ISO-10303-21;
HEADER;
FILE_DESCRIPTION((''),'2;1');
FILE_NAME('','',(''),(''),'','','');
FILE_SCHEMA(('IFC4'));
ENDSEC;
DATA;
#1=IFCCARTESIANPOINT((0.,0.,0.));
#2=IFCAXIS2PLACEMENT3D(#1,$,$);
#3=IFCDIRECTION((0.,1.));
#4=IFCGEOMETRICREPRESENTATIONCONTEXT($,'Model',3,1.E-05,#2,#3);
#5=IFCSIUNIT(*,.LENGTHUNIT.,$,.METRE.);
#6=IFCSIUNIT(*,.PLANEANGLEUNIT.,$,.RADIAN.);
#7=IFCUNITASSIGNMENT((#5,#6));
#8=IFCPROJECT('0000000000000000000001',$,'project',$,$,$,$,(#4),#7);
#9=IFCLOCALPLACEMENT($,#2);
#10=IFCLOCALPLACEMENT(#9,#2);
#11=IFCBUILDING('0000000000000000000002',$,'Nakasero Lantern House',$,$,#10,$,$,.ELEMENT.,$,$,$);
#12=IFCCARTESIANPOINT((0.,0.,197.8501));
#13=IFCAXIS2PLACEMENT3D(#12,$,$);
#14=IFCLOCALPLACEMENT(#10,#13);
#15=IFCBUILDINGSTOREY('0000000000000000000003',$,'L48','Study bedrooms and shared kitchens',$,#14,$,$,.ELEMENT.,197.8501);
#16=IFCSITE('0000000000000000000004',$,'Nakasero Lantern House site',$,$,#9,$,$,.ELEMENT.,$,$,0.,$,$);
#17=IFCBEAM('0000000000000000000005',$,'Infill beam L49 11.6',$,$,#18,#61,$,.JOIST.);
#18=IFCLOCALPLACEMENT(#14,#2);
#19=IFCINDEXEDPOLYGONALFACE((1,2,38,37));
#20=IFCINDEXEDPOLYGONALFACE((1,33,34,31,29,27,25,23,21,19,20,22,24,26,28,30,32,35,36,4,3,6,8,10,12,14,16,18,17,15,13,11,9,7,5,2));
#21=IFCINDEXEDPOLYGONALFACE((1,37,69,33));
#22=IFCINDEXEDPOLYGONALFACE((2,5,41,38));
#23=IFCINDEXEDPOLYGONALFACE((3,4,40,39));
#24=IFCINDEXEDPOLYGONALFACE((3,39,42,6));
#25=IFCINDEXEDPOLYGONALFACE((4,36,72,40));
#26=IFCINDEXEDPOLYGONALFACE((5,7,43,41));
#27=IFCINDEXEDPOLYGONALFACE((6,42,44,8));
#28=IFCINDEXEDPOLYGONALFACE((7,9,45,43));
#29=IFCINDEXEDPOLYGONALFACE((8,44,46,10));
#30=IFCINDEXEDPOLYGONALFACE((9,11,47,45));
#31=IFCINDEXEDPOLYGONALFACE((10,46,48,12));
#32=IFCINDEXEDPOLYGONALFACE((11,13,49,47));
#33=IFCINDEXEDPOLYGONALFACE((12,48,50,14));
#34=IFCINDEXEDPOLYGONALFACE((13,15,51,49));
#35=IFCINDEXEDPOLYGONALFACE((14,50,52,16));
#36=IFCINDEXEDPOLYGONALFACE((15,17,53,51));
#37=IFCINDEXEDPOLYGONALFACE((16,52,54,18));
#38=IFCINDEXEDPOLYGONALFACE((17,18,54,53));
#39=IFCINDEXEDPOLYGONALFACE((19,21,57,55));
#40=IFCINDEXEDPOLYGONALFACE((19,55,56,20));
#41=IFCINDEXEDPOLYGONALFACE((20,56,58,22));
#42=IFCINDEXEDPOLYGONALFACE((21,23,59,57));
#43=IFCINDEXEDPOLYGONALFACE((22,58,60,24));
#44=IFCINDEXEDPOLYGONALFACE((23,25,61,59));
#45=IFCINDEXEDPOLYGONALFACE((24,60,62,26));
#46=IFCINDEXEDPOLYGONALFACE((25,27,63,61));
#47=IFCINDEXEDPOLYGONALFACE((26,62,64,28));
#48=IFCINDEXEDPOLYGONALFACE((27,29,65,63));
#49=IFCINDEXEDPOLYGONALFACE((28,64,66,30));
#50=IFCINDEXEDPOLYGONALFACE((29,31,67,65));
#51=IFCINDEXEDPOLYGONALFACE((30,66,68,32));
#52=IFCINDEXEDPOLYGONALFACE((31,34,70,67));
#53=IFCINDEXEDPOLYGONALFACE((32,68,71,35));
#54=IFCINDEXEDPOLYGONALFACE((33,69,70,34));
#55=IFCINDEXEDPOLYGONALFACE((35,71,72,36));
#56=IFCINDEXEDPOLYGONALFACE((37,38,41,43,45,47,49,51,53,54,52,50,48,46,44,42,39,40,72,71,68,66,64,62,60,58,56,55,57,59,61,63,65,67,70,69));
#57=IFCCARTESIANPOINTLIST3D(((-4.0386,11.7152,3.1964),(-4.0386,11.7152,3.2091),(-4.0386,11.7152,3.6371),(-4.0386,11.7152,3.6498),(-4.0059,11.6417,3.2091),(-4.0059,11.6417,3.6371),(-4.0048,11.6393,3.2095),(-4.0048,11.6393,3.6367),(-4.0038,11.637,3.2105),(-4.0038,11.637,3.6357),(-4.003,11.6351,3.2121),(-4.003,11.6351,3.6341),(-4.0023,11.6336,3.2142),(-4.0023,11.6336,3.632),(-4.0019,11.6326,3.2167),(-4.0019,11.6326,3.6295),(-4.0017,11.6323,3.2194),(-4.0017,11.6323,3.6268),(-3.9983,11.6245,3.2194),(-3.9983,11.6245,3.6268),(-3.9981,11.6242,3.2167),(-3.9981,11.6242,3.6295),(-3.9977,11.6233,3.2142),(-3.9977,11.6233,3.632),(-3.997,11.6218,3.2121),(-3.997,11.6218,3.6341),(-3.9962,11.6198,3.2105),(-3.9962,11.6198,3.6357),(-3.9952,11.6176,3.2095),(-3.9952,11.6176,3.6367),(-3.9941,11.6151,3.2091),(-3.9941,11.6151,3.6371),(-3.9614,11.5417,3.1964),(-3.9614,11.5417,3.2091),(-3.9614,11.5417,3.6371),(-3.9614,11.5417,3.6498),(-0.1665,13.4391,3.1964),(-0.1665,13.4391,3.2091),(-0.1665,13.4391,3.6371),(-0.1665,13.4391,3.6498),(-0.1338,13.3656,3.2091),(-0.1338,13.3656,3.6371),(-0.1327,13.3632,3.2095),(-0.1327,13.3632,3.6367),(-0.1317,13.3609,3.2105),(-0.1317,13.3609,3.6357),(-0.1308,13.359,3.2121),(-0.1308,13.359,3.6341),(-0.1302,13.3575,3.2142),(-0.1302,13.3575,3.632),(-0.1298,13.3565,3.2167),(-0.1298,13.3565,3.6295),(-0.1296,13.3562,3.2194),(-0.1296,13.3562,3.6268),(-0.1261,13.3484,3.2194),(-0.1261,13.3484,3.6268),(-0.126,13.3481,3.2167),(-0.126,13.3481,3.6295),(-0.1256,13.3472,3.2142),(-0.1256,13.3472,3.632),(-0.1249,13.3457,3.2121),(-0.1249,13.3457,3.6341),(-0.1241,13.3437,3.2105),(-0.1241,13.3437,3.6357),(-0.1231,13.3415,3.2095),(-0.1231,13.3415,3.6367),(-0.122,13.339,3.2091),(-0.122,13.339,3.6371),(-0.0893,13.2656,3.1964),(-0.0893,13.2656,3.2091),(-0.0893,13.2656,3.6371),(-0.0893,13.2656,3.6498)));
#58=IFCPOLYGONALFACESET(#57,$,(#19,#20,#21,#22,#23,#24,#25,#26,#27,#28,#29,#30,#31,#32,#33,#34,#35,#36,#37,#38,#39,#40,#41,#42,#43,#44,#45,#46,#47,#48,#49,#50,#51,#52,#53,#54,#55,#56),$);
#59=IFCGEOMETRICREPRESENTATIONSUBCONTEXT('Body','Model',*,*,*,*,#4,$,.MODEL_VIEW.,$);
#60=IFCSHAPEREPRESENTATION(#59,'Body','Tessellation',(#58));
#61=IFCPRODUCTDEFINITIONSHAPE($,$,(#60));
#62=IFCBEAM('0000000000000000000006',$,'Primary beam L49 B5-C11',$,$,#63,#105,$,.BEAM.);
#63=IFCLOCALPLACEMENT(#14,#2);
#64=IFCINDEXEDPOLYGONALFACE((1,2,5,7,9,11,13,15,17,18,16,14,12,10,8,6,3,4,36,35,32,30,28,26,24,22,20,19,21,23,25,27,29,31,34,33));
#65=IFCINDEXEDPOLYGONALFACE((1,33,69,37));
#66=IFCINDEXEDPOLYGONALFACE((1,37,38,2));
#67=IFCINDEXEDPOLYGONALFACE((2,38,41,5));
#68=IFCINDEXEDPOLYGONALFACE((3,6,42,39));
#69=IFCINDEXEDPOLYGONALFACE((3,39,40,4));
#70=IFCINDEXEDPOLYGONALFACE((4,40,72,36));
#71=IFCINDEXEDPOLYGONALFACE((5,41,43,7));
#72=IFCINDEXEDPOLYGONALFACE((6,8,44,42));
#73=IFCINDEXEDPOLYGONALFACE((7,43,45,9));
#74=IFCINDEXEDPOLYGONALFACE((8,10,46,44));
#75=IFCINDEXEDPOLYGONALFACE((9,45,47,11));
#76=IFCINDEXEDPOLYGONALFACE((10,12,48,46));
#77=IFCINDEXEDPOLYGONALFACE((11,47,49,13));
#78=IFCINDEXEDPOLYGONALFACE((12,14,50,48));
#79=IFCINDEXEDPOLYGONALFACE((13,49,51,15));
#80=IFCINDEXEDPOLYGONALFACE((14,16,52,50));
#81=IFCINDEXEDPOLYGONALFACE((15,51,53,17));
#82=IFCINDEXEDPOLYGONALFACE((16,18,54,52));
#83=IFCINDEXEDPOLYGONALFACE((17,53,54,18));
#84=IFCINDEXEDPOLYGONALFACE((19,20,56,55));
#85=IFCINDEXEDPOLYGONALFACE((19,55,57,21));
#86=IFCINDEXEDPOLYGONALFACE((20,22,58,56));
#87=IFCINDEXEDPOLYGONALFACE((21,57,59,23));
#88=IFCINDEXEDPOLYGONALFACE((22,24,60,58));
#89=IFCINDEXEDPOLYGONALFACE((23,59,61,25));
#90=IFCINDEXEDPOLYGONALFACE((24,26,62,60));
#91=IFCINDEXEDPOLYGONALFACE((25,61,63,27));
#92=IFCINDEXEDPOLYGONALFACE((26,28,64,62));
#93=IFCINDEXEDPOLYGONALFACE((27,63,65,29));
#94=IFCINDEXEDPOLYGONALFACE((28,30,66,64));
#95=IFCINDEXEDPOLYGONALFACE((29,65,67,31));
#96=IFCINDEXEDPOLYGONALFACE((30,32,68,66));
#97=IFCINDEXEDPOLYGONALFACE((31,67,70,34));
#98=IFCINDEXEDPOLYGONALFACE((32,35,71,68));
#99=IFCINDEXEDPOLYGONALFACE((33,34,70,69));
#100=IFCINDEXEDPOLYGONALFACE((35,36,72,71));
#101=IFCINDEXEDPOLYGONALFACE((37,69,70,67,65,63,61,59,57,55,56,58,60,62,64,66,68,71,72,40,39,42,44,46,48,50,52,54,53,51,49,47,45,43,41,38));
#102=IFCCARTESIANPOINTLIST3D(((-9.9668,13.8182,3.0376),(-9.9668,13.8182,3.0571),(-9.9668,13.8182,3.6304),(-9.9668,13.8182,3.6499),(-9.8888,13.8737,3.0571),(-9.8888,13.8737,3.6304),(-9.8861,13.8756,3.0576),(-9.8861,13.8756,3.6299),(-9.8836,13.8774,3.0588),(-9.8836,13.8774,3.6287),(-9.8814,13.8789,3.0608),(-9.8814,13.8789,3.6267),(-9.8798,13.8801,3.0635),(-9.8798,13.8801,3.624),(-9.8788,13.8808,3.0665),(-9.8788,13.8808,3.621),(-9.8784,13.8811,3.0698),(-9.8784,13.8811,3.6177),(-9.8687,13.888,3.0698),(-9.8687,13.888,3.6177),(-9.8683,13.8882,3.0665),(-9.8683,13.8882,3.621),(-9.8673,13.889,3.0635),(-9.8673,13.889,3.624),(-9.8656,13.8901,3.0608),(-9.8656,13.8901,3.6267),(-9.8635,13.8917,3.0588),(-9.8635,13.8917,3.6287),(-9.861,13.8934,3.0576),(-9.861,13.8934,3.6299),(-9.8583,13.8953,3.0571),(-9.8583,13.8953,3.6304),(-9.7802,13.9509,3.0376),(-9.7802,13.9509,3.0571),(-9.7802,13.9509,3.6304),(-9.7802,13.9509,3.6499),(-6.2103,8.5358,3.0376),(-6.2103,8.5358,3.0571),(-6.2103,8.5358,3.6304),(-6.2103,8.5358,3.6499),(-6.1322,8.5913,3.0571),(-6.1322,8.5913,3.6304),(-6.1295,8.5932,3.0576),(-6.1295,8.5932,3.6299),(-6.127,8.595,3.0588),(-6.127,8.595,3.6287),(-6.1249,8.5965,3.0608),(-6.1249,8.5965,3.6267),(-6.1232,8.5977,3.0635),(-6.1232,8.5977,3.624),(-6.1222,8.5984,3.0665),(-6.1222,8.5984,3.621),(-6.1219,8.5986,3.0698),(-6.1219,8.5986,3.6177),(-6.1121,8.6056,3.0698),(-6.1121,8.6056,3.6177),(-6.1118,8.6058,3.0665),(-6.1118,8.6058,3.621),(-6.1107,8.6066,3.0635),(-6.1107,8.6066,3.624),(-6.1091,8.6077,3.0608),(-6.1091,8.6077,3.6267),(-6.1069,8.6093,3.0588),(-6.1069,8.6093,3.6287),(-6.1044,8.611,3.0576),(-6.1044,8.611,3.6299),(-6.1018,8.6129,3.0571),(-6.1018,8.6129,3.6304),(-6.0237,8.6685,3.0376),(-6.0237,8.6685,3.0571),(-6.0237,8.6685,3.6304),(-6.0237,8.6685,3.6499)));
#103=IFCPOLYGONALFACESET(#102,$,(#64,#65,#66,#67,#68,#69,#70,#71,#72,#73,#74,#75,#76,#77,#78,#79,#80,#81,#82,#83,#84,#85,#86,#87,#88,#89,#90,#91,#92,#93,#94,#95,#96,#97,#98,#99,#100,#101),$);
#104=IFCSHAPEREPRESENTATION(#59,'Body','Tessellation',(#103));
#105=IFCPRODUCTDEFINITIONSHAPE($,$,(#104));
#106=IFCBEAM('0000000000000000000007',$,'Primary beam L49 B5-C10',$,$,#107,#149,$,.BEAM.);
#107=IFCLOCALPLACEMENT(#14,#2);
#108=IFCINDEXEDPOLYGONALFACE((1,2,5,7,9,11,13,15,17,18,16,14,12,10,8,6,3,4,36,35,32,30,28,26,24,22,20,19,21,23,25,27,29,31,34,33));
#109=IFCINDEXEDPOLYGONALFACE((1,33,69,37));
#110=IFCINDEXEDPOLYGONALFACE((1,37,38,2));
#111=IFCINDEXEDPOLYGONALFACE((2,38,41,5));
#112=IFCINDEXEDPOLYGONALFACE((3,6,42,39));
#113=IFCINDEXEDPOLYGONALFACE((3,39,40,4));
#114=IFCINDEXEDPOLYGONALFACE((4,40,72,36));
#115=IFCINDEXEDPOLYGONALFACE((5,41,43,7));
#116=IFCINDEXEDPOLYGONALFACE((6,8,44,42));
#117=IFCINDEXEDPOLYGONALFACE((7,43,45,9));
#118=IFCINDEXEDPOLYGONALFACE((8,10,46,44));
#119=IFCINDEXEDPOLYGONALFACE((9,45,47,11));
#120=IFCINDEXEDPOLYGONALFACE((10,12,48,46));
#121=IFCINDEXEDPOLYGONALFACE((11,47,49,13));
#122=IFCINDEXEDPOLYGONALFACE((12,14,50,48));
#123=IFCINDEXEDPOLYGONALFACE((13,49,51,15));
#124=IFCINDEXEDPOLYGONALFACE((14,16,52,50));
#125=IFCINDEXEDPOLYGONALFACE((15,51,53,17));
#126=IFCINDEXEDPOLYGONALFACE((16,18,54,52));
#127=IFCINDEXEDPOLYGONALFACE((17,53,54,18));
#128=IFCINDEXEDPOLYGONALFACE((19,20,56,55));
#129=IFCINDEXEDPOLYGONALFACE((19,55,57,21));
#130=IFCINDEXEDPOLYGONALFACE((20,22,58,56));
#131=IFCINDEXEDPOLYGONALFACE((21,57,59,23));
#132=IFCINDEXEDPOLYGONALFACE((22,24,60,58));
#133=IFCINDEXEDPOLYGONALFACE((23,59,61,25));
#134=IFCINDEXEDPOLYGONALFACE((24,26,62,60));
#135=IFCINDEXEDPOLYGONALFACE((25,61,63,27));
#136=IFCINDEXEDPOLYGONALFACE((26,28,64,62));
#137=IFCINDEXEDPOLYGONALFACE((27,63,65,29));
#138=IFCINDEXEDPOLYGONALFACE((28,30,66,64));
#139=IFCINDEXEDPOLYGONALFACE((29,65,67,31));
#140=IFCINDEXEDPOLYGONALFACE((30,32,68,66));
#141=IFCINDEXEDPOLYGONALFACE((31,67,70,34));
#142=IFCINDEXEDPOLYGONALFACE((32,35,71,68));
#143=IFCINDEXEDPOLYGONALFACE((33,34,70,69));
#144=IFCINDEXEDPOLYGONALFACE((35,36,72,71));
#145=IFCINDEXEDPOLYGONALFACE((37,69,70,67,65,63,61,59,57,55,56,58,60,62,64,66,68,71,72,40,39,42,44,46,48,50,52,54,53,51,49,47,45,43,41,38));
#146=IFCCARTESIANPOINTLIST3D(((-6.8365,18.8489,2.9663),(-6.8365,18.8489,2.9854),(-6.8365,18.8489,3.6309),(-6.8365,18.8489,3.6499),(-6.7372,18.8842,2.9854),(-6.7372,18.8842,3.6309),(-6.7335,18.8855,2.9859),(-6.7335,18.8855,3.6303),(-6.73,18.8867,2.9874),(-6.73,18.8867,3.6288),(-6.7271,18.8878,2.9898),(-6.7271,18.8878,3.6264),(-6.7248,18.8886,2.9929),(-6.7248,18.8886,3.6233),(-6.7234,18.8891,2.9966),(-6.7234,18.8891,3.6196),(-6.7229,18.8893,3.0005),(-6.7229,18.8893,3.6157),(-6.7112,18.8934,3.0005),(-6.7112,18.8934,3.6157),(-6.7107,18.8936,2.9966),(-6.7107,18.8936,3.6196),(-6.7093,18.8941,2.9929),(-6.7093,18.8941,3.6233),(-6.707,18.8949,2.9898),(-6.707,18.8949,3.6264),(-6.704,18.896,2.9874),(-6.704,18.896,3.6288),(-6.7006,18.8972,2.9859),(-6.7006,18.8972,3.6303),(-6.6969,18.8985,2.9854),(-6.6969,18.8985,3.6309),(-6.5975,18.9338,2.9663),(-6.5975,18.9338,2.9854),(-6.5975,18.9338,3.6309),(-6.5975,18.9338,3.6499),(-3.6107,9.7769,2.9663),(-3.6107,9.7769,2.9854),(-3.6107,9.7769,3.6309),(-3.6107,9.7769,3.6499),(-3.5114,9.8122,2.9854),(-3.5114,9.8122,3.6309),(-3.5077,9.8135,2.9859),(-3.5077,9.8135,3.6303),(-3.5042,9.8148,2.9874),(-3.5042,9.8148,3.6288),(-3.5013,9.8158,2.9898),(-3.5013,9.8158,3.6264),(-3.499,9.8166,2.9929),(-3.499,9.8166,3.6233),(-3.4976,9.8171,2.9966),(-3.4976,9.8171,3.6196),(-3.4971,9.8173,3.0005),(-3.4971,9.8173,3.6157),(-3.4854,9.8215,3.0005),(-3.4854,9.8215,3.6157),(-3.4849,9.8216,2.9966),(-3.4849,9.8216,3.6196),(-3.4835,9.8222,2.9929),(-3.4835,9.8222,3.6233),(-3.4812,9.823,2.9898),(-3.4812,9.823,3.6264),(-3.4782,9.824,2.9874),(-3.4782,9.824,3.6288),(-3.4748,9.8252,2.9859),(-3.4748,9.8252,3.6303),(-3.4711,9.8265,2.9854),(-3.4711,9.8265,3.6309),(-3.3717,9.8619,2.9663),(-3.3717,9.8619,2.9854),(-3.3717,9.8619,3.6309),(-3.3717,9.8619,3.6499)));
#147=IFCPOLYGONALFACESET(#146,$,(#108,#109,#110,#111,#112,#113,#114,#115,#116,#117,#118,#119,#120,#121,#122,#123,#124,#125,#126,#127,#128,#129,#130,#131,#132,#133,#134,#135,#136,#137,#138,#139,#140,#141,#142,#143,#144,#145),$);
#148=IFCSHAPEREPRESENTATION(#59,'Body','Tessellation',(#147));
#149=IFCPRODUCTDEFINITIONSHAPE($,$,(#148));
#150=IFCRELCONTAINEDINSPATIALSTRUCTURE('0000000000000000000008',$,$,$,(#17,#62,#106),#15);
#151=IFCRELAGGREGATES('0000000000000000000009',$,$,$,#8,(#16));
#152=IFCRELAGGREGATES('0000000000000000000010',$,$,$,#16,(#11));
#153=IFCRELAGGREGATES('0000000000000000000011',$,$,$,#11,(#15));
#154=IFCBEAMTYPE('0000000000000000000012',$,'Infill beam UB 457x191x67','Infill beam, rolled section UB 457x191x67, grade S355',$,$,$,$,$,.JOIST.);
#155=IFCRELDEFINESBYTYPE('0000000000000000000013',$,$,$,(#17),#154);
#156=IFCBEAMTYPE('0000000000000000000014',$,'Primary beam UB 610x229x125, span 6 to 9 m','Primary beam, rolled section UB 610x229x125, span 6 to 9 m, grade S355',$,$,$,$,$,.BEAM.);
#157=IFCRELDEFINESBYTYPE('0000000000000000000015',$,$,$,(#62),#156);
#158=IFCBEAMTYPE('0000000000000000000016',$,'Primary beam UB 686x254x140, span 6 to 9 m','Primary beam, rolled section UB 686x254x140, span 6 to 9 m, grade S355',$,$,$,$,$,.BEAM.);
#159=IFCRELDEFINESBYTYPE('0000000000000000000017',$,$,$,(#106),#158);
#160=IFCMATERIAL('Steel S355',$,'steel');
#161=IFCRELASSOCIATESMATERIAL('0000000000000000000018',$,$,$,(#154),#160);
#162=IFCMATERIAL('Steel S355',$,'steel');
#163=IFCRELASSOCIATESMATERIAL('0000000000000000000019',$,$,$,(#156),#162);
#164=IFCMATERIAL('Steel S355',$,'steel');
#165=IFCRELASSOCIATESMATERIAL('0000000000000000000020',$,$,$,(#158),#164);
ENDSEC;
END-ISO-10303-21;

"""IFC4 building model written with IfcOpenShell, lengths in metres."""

from ifc_helpers import new_model, si_unit, direction, frame, origin, origin_2d, place, context, subcontext, project, spatial, i_section, extrude, material, material_profile, profile_set, type_object, element, save


model = new_model("IFC4")

# Units and contexts
model_context = context("Model", 3, precision=1e-05, world=origin(), true_north=direction((0.0, 1.0)))
body_context = subcontext(model_context, "Body", "Model", "MODEL_VIEW")
ifc_project = project(units=[si_unit("LENGTHUNIT", "METRE"), si_unit("PLANEANGLEUNIT", "RADIAN")], contexts=[model_context])

# Site, building, storey
site_placement = place(None, origin())
site = spatial("IfcSite", under=ifc_project, at=site_placement, Name="Nakasero Lantern House site", CompositionType="ELEMENT", RefElevation=0.0)
building_placement = place(site_placement, origin())
building = spatial("IfcBuilding", under=site, at=building_placement, Name="Nakasero Lantern House", CompositionType="ELEMENT")
storey_placement = place(building_placement, frame((0.0, 0.0, 197.8501)))
storey = spatial("IfcBuildingStorey", under=building, at=storey_placement, Name="L48", Description="Study bedrooms and shared kitchens", CompositionType="ELEMENT", Elevation=197.8501)

# Beams
ifc_material_1 = material(Name="Steel S355", Category="steel")
ifc_material_profile_1 = material_profile(ifc_material_1, i_section(OverallWidth=0.1899, OverallDepth=0.4534, WebThickness=0.0085, FlangeThickness=0.0127, FilletRadius=0.0103, at=origin_2d()), Name="UB 457x191x67")
ifc_profile_set_1 = profile_set([ifc_material_profile_1], Name="Steel S355")
beam_type_1 = type_object("IfcBeamType", Name="Infill beam UB 457x191x67", Description="Infill beam, rolled section UB 457x191x67, grade S355", PredefinedType="JOIST", material=ifc_profile_set_1)
beam_1_placement = place(storey_placement, frame((-4.0, 11.6284, 3.4231), z_axis=(0.913552, 0.406721, 0.0), x_axis=(-0.406721, 0.913552, 0.0)))
element("IfcBeam", 1, at=beam_1_placement, inside=storey, type_object=beam_type_1, Name="Infill beam L49 11.6", PredefinedType="JOIST", context=body_context, shape_type="SweptSolid", body=[
    extrude(i_section(OverallWidth=0.1899, OverallDepth=0.4534, WebThickness=0.0085, FlangeThickness=0.0127, FilletRadius=0.0103, at=origin_2d()), origin(), (0.0, 0.0, 1.0), 4.2385),
])
ifc_material_2 = material(Name="Steel S355", Category="steel")
ifc_material_profile_2 = material_profile(ifc_material_2, i_section(OverallWidth=0.229, OverallDepth=0.6123, WebThickness=0.012, FlangeThickness=0.0195, FilletRadius=0.0127, at=origin_2d()), Name="UB 610x229x125")
ifc_profile_set_2 = profile_set([ifc_material_profile_2], Name="Steel S355")
beam_type_2 = type_object("IfcBeamType", Name="Primary beam UB 610x229x125, span 6 to 9 m", Description="Primary beam, rolled section UB 610x229x125, span 6 to 9 m, grade S355", PredefinedType="BEAM", material=ifc_profile_set_2)
beam_2_placement = place(storey_placement, frame((-9.8735, 13.8845, 3.3438), z_axis=(0.579541, -0.814943, 0.0), x_axis=(0.814943, 0.579541, 0.0)))
element("IfcBeam", 2, at=beam_2_placement, inside=storey, type_object=beam_type_2, Name="Primary beam L49 B5-C11", PredefinedType="BEAM", context=body_context, shape_type="SweptSolid", body=[
    extrude(i_section(OverallWidth=0.229, OverallDepth=0.6123, WebThickness=0.012, FlangeThickness=0.0195, FilletRadius=0.0127, at=origin_2d()), origin(), (0.0, 0.0, 1.0), 6.4819),
])
ifc_material_3 = material(Name="Steel S355", Category="steel")
ifc_material_profile_3 = material_profile(ifc_material_3, i_section(OverallWidth=0.2537, OverallDepth=0.6836, WebThickness=0.0125, FlangeThickness=0.019, FilletRadius=0.0151, at=origin_2d()), Name="UB 686x254x140")
ifc_profile_set_3 = profile_set([ifc_material_profile_3], Name="Steel S355")
beam_type_3 = type_object("IfcBeamType", Name="Primary beam UB 686x254x140, span 6 to 9 m", Description="Primary beam, rolled section UB 686x254x140, span 6 to 9 m, grade S355", PredefinedType="BEAM", material=ifc_profile_set_3)
beam_3_placement = place(storey_placement, frame((-6.717, 18.8914, 3.3081), z_axis=(0.33503, -0.942207, 0.0), x_axis=(0.942207, 0.33503, 0.0)))
element("IfcBeam", 3, at=beam_3_placement, inside=storey, type_object=beam_type_3, Name="Primary beam L49 B5-C10", PredefinedType="BEAM", context=body_context, shape_type="SweptSolid", body=[
    extrude(i_section(OverallWidth=0.2537, OverallDepth=0.6836, WebThickness=0.0125, FlangeThickness=0.019, FilletRadius=0.0151, at=origin_2d()), origin(), (0.0, 0.0, 1.0), 9.6284),
])

save(model, "model.ifc")
